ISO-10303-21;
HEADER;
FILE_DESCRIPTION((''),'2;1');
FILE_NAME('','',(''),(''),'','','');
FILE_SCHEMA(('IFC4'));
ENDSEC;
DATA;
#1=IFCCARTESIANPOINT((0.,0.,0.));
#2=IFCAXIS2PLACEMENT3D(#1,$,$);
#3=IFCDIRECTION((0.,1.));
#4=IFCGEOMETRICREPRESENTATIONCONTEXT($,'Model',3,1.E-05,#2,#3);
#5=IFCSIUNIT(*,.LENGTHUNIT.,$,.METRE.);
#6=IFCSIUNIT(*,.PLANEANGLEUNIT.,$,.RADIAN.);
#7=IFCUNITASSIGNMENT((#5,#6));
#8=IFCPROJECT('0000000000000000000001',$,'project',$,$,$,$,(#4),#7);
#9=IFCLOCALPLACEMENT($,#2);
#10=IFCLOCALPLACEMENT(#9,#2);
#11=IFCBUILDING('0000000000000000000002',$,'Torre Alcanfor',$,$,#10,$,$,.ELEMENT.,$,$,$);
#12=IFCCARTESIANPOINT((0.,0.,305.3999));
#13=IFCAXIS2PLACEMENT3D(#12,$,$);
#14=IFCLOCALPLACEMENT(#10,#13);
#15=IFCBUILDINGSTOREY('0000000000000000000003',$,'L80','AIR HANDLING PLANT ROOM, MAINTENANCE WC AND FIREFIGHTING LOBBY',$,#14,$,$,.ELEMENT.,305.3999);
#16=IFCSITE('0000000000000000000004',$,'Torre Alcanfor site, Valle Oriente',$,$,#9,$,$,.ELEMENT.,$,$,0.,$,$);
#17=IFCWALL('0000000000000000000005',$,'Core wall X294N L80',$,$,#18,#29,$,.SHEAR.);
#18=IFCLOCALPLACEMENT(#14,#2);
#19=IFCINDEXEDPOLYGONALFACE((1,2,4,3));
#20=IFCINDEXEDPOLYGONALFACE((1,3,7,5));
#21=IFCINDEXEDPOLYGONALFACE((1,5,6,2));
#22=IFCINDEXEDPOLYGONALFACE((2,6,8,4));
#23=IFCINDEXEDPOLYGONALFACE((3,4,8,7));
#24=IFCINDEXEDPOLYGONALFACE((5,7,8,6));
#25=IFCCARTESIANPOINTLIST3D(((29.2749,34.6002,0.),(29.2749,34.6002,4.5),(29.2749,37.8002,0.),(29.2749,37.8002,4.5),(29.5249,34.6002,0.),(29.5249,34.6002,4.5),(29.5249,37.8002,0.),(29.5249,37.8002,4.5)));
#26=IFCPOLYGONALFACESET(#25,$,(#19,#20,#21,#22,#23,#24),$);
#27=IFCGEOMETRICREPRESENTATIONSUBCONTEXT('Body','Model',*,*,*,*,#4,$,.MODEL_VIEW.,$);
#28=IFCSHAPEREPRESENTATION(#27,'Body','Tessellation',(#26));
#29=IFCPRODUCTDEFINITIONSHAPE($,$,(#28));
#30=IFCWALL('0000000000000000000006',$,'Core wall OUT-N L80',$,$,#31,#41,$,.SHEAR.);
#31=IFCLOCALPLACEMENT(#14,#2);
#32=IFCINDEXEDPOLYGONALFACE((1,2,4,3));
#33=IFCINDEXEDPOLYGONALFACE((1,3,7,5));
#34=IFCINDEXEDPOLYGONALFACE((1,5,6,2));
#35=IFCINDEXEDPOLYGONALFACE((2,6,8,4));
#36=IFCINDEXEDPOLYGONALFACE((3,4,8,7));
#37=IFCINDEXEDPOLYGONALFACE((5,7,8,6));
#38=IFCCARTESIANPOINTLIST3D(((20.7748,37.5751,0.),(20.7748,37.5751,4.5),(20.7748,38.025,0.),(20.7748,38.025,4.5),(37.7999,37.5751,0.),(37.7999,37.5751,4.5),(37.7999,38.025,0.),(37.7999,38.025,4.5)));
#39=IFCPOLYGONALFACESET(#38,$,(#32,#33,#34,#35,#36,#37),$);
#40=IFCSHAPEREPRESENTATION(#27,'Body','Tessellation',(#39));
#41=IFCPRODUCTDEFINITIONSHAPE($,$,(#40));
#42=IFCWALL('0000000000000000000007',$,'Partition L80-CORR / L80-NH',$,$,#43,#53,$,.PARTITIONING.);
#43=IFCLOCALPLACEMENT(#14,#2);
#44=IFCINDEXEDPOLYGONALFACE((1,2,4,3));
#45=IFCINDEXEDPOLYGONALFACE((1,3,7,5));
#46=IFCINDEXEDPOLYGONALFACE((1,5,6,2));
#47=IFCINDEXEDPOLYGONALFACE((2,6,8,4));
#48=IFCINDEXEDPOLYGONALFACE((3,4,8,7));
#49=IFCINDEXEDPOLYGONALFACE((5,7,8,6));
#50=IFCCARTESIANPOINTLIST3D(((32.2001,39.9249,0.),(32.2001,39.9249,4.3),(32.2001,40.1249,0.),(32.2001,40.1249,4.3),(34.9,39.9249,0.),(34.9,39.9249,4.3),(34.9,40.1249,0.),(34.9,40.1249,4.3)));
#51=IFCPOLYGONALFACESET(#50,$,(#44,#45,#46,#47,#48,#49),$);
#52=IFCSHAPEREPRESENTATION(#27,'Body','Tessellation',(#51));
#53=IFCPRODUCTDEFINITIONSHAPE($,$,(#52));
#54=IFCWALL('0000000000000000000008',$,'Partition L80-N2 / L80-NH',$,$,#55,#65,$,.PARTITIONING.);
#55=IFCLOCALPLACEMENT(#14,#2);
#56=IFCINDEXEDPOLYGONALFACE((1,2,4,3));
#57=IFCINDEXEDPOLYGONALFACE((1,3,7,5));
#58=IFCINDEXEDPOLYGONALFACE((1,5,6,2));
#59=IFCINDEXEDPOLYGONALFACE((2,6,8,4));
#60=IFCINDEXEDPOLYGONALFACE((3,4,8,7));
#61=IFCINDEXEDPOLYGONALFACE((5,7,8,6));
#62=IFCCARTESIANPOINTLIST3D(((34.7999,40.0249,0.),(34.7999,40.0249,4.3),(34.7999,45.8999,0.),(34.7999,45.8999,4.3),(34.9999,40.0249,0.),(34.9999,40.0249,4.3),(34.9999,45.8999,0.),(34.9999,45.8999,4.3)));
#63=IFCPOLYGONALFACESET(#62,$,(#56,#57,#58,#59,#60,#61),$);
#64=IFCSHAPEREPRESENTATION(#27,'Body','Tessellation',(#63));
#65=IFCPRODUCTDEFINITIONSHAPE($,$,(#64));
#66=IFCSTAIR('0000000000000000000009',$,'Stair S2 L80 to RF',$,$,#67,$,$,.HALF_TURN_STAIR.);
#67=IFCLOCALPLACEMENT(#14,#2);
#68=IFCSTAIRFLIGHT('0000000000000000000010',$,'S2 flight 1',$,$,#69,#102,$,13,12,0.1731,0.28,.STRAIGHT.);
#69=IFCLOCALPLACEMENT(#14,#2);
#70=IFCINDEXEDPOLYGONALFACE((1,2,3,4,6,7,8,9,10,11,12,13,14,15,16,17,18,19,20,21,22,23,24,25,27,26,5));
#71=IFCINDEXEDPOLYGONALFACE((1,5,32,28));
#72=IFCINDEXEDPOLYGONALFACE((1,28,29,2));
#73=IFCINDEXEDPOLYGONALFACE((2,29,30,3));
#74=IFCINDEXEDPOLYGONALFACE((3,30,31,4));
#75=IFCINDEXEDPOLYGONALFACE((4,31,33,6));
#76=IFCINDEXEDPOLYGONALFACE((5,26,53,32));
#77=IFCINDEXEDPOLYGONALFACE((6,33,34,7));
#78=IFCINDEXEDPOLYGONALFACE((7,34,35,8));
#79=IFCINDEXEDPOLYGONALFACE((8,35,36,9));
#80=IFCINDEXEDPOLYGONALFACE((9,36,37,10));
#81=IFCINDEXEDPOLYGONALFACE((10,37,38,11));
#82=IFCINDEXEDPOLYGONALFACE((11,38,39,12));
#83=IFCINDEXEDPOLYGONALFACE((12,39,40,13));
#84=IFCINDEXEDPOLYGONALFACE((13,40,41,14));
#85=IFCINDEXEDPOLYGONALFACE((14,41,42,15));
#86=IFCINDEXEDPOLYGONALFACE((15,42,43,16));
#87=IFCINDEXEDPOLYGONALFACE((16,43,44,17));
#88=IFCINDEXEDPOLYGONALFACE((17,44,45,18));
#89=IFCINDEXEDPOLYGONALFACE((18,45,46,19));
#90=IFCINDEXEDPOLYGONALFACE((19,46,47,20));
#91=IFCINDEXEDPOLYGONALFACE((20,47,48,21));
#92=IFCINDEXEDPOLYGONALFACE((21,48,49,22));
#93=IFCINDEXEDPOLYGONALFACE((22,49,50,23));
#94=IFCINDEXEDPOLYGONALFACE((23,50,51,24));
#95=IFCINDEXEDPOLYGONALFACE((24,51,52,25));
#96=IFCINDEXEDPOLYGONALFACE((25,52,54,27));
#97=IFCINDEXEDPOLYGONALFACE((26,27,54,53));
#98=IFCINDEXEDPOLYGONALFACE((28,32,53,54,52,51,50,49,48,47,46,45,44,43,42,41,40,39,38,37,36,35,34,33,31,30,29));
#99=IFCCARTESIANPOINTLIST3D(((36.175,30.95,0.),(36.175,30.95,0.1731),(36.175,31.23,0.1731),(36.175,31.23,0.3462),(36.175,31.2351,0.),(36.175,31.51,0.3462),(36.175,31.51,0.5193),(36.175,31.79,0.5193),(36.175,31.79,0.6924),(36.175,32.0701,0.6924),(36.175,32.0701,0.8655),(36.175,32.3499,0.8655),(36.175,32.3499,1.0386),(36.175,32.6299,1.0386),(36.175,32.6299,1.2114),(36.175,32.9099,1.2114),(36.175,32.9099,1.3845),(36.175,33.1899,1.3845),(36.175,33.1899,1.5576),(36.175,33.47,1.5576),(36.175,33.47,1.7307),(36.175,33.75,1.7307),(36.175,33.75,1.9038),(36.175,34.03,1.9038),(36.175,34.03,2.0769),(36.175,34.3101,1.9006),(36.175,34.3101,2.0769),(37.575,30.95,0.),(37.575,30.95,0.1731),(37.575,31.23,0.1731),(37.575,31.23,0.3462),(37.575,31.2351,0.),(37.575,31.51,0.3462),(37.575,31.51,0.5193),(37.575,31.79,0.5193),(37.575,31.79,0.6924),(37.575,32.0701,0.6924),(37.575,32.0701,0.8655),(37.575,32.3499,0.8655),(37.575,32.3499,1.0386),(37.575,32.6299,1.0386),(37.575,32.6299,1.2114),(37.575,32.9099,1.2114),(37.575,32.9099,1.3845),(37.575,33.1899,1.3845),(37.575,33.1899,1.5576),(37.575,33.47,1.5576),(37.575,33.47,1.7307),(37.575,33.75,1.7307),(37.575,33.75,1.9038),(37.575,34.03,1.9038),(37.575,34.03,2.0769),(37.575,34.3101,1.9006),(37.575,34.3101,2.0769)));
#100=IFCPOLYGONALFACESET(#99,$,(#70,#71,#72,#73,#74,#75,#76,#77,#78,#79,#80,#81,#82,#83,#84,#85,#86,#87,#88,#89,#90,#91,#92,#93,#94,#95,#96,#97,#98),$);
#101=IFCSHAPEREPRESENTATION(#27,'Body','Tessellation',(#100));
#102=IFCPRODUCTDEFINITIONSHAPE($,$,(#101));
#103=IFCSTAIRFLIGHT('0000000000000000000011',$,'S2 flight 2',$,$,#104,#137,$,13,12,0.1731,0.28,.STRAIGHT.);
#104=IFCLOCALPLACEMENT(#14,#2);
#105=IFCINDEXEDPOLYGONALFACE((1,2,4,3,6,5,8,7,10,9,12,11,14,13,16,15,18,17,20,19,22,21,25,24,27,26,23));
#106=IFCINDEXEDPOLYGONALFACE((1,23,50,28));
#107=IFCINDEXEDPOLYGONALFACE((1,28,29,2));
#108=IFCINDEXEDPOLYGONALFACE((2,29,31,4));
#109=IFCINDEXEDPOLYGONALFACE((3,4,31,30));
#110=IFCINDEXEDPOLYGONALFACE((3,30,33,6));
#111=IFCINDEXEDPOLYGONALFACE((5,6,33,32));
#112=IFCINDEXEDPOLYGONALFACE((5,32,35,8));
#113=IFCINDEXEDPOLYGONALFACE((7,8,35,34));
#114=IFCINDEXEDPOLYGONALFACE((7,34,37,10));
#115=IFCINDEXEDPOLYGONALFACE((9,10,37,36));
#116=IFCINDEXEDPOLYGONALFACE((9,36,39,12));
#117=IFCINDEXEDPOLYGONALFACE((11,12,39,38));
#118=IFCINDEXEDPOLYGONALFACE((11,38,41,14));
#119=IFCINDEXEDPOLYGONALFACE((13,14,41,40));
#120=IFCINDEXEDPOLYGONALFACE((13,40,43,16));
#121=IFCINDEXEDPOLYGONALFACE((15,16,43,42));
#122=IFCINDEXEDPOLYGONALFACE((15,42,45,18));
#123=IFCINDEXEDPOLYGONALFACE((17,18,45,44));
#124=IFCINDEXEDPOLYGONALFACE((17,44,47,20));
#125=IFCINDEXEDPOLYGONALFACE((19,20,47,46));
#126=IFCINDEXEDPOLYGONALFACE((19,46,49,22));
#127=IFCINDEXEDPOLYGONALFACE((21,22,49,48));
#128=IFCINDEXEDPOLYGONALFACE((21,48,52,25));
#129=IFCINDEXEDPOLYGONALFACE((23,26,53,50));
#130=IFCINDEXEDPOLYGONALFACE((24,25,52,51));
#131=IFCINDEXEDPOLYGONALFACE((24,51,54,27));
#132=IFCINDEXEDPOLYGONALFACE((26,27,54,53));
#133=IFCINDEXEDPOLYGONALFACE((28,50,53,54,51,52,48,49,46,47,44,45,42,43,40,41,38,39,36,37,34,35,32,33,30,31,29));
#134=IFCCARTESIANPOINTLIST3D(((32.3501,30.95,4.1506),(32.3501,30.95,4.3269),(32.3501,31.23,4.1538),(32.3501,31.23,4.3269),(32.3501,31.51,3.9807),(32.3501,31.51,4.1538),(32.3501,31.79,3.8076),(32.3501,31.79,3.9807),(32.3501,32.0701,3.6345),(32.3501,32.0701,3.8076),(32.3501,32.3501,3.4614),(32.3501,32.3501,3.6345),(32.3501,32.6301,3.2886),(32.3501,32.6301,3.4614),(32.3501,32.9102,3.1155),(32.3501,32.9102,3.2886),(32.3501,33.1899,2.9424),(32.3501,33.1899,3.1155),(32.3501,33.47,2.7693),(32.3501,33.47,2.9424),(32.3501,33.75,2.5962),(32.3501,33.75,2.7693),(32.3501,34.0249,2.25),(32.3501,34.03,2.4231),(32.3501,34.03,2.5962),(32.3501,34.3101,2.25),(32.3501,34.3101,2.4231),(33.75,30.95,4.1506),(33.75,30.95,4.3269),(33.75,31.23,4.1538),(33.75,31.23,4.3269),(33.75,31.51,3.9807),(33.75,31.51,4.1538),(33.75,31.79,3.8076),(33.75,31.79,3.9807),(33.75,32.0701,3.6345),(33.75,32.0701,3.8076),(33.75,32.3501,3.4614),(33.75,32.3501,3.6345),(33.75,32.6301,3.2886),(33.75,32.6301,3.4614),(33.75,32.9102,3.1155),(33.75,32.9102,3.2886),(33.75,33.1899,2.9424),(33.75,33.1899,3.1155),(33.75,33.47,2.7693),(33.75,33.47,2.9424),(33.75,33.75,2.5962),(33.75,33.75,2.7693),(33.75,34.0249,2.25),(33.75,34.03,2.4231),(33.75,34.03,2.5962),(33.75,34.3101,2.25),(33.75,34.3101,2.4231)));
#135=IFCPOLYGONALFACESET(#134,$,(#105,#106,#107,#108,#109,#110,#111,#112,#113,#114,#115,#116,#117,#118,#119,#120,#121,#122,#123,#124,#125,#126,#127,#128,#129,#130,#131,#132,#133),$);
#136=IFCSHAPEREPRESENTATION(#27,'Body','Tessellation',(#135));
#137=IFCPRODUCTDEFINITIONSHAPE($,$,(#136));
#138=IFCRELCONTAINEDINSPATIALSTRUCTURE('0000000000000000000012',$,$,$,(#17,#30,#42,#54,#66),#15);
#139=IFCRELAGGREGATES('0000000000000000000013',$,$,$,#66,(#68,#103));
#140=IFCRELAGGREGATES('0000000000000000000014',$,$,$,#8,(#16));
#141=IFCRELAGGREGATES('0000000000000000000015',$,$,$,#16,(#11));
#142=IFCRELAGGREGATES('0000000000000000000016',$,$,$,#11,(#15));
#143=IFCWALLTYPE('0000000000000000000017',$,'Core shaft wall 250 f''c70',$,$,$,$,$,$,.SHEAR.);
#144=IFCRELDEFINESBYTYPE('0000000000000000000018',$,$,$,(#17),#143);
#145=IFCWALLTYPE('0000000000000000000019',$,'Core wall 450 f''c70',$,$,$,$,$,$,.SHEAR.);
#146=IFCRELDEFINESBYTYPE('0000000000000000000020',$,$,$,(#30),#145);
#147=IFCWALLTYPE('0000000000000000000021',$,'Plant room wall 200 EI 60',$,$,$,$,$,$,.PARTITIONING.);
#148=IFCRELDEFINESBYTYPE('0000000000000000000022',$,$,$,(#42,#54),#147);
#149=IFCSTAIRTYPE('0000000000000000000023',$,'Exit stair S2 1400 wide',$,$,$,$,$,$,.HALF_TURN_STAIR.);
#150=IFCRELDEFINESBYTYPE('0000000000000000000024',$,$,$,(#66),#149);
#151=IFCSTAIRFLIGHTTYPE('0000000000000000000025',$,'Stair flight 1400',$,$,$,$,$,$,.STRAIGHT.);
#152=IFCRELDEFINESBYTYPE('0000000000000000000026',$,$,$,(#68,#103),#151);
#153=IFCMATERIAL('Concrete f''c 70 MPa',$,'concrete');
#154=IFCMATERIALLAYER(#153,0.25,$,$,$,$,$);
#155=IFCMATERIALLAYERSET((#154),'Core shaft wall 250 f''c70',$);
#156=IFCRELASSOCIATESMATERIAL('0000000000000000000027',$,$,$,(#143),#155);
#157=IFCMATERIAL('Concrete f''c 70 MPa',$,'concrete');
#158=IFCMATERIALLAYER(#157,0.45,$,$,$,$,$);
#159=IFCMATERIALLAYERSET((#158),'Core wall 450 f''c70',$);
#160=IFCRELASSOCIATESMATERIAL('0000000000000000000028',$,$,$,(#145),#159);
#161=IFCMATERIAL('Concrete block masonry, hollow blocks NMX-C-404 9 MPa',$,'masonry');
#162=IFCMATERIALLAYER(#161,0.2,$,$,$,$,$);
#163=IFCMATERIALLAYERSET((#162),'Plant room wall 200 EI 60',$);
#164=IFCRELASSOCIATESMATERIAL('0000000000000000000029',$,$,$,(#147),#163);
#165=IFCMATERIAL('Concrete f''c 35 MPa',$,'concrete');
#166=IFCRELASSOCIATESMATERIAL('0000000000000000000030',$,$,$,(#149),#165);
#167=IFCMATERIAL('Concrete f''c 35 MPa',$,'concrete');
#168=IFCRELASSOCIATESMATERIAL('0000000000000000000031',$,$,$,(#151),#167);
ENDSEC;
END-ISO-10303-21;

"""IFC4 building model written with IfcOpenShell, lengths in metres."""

from ifc_helpers import new_model, si_unit, direction, frame, frame_2d, origin, place, context, subcontext, project, spatial, polyline, rectangle, outline, extrude, material, layer, layer_set, type_object, element, aggregate, save


model = new_model("IFC4")

# Units and contexts
model_context = context("Model", 3, precision=1e-05, world=origin(), true_north=direction((0.0, 1.0)))
body_context = subcontext(model_context, "Body", "Model", "MODEL_VIEW")
ifc_project = project(units=[si_unit("LENGTHUNIT", "METRE"), si_unit("PLANEANGLEUNIT", "RADIAN")], contexts=[model_context])

# Site, building, storey
site_placement = place(None, origin())
site = spatial("IfcSite", under=ifc_project, at=site_placement, Name="Torre Alcanfor site, Valle Oriente", CompositionType="ELEMENT", RefElevation=0.0)
building_placement = place(site_placement, origin())
building = spatial("IfcBuilding", under=site, at=building_placement, Name="Torre Alcanfor", CompositionType="ELEMENT")
storey_placement = place(building_placement, frame((0.0, 0.0, 305.3999)))
storey = spatial("IfcBuildingStorey", under=building, at=storey_placement, Name="L80", Description="AIR HANDLING PLANT ROOM, MAINTENANCE WC AND FIREFIGHTING LOBBY", CompositionType="ELEMENT", Elevation=305.3999)

# Walls
ifc_material_1 = material(Name="Concrete f'c 70 MPa", Category="concrete")
ifc_layer_1 = layer(ifc_material_1, 0.25)
ifc_layer_set_1 = layer_set([ifc_layer_1], Name="Core shaft wall 250 f'c70")
wall_type_1 = type_object("IfcWallType", Name="Core shaft wall 250 f'c70", PredefinedType="SHEAR", material=ifc_layer_set_1)
wall_1_placement = place(storey_placement, frame((29.3999, 34.6001, 0.0), z_axis=(0.0, 0.0, 1.0), x_axis=(0.0, 1.0, 0.0)))
element("IfcWall", 1, at=wall_1_placement, inside=storey, type_object=wall_type_1, Name="Core wall X294N L80", PredefinedType="SHEAR", context=body_context, shape_type="SweptSolid", body=[
    extrude(rectangle(XDim=3.2, YDim=0.25, at=frame_2d((1.6001, 0.0))), origin(), (0.0, 0.0, 1.0), 4.5),
])
ifc_material_2 = material(Name="Concrete f'c 70 MPa", Category="concrete")
ifc_layer_2 = layer(ifc_material_2, 0.45)
ifc_layer_set_2 = layer_set([ifc_layer_2], Name="Core wall 450 f'c70")
wall_type_2 = type_object("IfcWallType", Name="Core wall 450 f'c70", PredefinedType="SHEAR", material=ifc_layer_set_2)
wall_2_placement = place(storey_placement, frame((37.8, 37.8, 0.0), z_axis=(0.0, 0.0, 1.0), x_axis=(-1.0, 0.0, 0.0)))
element("IfcWall", 2, at=wall_2_placement, inside=storey, type_object=wall_type_2, Name="Core wall OUT-N L80", PredefinedType="SHEAR", context=body_context, shape_type="SweptSolid", body=[
    extrude(rectangle(XDim=17.0251, YDim=0.45, at=frame_2d((8.5127, 0.0))), origin(), (0.0, 0.0, 1.0), 4.5),
])

# Shared definitions
ifc_material_3 = material(Name="Concrete block masonry, hollow blocks NMX-C-404 9 MPa", Category="masonry")
ifc_layer_3 = layer(ifc_material_3, 0.2)
ifc_layer_set_3 = layer_set([ifc_layer_3], Name="Plant room wall 200 EI 60")
wall_type_3 = type_object("IfcWallType", Name="Plant room wall 200 EI 60", PredefinedType="PARTITIONING", material=ifc_layer_set_3)

# Walls
wall_3_placement = place(storey_placement, frame((32.2, 40.0249, 0.0), z_axis=(0.0, 0.0, 1.0), x_axis=(1.0, 0.0, 0.0)))
element("IfcWall", 3, at=wall_3_placement, inside=storey, type_object=wall_type_3, Name="Partition L80-CORR / L80-NH", PredefinedType="PARTITIONING", context=body_context, shape_type="SweptSolid", body=[
    extrude(rectangle(XDim=2.7, YDim=0.2, at=frame_2d((1.3501, 0.0))), origin(), (0.0, 0.0, 1.0), 4.3),
])
wall_4_placement = place(storey_placement, frame((34.8999, 40.0249, 0.0), z_axis=(0.0, 0.0, 1.0), x_axis=(0.0, 1.0, 0.0)))
element("IfcWall", 4, at=wall_4_placement, inside=storey, type_object=wall_type_3, Name="Partition L80-N2 / L80-NH", PredefinedType="PARTITIONING", context=body_context, shape_type="SweptSolid", body=[
    extrude(rectangle(XDim=5.875, YDim=0.2, at=frame_2d((2.9375, 0.0))), origin(), (0.0, 0.0, 1.0), 4.3),
])

# Stair, stair flights
ifc_material_4 = material(Name="Concrete f'c 35 MPa", Category="concrete")
stair_type = type_object("IfcStairType", Name="Exit stair S2 1400 wide", PredefinedType="HALF_TURN_STAIR", material=ifc_material_4)
stair_placement = place(storey_placement, origin())
stair = element("IfcStair", 5, at=stair_placement, inside=storey, type_object=stair_type, Name="Stair S2 L80 to RF", PredefinedType="HALF_TURN_STAIR")
ifc_material_5 = material(Name="Concrete f'c 35 MPa", Category="concrete")
stair_flight_type = type_object("IfcStairFlightType", Name="Stair flight 1400", PredefinedType="STRAIGHT", material=ifc_material_5)
stair_flight_1_placement = place(storey_placement, frame((36.875, 30.95, 0.0), z_axis=(0.0, 0.0, 1.0), x_axis=(0.0, 1.0, 0.0)))
stair_flight_1 = element("IfcStairFlight", 6, at=stair_flight_1_placement, type_object=stair_flight_type, Name="S2 flight 1", NumberOfRisers=13, NumberOfTreads=12, PredefinedType="STRAIGHT", RiserHeight=0.1731, TreadLength=0.28, context=body_context, shape_type="SweptSolid", body=[
    extrude(outline(polyline([(0.0, 0.0), (0.0, 0.1731), (0.28, 0.1731), (0.28, 0.3462), (0.5601, 0.3462), (0.5601, 0.5193), (0.8401, 0.5193), (0.8401, 0.6924), (1.1201, 0.6924), (1.1201, 0.8655), (1.3999, 0.8655), (1.3999, 1.0386), (1.6799, 1.0386), (1.6799, 1.2114), (1.96, 1.2114), (1.96, 1.3845), (2.24, 1.3845), (2.24, 1.5576), (2.52, 1.5576), (2.52, 1.7307), (2.8, 1.7307), (2.8, 1.9038), (3.0801, 1.9038), (3.0801, 2.0769), (3.3601, 2.0769), (3.3601, 2.25), (3.3601, 1.9006), (0.2852, 0.0), (0.0, 0.0)])), frame((0.0, 0.7, 0.0), z_axis=(0.0, -1.0, 0.0), x_axis=(1.0, 0.0, 0.0)), (0.0, 0.0, 1.0), 1.3999),
])
stair_flight_2_placement = place(storey_placement, frame((33.05, 34.3101, 2.25), z_axis=(0.0, 0.0, 1.0), x_axis=(0.0, -1.0, 0.0)))
stair_flight_2 = element("IfcStairFlight", 7, at=stair_flight_2_placement, type_object=stair_flight_type, Name="S2 flight 2", NumberOfRisers=13, NumberOfTreads=12, PredefinedType="STRAIGHT", RiserHeight=0.1731, TreadLength=0.28, context=body_context, shape_type="SweptSolid", body=[
    extrude(outline(polyline([(0.0, 0.0), (0.0, 0.1731), (0.28, 0.1731), (0.28, 0.3462), (0.5601, 0.3462), (0.5601, 0.5193), (0.8401, 0.5193), (0.8401, 0.6924), (1.1201, 0.6924), (1.1201, 0.8655), (1.3999, 0.8655), (1.3999, 1.0386), (1.6799, 1.0386), (1.6799, 1.2114), (1.96, 1.2114), (1.96, 1.3845), (2.24, 1.3845), (2.24, 1.5576), (2.52, 1.5576), (2.52, 1.7307), (2.8, 1.7307), (2.8, 1.9038), (3.0801, 1.9038), (3.0801, 2.0769), (3.3601, 2.0769), (3.3601, 2.25), (3.3601, 1.9006), (0.2852, 0.0), (0.0, 0.0)])), frame((0.0, 0.7, 0.0), z_axis=(0.0, -1.0, 0.0), x_axis=(1.0, 0.0, 0.0)), (0.0, 0.0, 1.0), 1.3999),
])
aggregate(stair, [stair_flight_1, stair_flight_2])

save(model, "model.ifc")
